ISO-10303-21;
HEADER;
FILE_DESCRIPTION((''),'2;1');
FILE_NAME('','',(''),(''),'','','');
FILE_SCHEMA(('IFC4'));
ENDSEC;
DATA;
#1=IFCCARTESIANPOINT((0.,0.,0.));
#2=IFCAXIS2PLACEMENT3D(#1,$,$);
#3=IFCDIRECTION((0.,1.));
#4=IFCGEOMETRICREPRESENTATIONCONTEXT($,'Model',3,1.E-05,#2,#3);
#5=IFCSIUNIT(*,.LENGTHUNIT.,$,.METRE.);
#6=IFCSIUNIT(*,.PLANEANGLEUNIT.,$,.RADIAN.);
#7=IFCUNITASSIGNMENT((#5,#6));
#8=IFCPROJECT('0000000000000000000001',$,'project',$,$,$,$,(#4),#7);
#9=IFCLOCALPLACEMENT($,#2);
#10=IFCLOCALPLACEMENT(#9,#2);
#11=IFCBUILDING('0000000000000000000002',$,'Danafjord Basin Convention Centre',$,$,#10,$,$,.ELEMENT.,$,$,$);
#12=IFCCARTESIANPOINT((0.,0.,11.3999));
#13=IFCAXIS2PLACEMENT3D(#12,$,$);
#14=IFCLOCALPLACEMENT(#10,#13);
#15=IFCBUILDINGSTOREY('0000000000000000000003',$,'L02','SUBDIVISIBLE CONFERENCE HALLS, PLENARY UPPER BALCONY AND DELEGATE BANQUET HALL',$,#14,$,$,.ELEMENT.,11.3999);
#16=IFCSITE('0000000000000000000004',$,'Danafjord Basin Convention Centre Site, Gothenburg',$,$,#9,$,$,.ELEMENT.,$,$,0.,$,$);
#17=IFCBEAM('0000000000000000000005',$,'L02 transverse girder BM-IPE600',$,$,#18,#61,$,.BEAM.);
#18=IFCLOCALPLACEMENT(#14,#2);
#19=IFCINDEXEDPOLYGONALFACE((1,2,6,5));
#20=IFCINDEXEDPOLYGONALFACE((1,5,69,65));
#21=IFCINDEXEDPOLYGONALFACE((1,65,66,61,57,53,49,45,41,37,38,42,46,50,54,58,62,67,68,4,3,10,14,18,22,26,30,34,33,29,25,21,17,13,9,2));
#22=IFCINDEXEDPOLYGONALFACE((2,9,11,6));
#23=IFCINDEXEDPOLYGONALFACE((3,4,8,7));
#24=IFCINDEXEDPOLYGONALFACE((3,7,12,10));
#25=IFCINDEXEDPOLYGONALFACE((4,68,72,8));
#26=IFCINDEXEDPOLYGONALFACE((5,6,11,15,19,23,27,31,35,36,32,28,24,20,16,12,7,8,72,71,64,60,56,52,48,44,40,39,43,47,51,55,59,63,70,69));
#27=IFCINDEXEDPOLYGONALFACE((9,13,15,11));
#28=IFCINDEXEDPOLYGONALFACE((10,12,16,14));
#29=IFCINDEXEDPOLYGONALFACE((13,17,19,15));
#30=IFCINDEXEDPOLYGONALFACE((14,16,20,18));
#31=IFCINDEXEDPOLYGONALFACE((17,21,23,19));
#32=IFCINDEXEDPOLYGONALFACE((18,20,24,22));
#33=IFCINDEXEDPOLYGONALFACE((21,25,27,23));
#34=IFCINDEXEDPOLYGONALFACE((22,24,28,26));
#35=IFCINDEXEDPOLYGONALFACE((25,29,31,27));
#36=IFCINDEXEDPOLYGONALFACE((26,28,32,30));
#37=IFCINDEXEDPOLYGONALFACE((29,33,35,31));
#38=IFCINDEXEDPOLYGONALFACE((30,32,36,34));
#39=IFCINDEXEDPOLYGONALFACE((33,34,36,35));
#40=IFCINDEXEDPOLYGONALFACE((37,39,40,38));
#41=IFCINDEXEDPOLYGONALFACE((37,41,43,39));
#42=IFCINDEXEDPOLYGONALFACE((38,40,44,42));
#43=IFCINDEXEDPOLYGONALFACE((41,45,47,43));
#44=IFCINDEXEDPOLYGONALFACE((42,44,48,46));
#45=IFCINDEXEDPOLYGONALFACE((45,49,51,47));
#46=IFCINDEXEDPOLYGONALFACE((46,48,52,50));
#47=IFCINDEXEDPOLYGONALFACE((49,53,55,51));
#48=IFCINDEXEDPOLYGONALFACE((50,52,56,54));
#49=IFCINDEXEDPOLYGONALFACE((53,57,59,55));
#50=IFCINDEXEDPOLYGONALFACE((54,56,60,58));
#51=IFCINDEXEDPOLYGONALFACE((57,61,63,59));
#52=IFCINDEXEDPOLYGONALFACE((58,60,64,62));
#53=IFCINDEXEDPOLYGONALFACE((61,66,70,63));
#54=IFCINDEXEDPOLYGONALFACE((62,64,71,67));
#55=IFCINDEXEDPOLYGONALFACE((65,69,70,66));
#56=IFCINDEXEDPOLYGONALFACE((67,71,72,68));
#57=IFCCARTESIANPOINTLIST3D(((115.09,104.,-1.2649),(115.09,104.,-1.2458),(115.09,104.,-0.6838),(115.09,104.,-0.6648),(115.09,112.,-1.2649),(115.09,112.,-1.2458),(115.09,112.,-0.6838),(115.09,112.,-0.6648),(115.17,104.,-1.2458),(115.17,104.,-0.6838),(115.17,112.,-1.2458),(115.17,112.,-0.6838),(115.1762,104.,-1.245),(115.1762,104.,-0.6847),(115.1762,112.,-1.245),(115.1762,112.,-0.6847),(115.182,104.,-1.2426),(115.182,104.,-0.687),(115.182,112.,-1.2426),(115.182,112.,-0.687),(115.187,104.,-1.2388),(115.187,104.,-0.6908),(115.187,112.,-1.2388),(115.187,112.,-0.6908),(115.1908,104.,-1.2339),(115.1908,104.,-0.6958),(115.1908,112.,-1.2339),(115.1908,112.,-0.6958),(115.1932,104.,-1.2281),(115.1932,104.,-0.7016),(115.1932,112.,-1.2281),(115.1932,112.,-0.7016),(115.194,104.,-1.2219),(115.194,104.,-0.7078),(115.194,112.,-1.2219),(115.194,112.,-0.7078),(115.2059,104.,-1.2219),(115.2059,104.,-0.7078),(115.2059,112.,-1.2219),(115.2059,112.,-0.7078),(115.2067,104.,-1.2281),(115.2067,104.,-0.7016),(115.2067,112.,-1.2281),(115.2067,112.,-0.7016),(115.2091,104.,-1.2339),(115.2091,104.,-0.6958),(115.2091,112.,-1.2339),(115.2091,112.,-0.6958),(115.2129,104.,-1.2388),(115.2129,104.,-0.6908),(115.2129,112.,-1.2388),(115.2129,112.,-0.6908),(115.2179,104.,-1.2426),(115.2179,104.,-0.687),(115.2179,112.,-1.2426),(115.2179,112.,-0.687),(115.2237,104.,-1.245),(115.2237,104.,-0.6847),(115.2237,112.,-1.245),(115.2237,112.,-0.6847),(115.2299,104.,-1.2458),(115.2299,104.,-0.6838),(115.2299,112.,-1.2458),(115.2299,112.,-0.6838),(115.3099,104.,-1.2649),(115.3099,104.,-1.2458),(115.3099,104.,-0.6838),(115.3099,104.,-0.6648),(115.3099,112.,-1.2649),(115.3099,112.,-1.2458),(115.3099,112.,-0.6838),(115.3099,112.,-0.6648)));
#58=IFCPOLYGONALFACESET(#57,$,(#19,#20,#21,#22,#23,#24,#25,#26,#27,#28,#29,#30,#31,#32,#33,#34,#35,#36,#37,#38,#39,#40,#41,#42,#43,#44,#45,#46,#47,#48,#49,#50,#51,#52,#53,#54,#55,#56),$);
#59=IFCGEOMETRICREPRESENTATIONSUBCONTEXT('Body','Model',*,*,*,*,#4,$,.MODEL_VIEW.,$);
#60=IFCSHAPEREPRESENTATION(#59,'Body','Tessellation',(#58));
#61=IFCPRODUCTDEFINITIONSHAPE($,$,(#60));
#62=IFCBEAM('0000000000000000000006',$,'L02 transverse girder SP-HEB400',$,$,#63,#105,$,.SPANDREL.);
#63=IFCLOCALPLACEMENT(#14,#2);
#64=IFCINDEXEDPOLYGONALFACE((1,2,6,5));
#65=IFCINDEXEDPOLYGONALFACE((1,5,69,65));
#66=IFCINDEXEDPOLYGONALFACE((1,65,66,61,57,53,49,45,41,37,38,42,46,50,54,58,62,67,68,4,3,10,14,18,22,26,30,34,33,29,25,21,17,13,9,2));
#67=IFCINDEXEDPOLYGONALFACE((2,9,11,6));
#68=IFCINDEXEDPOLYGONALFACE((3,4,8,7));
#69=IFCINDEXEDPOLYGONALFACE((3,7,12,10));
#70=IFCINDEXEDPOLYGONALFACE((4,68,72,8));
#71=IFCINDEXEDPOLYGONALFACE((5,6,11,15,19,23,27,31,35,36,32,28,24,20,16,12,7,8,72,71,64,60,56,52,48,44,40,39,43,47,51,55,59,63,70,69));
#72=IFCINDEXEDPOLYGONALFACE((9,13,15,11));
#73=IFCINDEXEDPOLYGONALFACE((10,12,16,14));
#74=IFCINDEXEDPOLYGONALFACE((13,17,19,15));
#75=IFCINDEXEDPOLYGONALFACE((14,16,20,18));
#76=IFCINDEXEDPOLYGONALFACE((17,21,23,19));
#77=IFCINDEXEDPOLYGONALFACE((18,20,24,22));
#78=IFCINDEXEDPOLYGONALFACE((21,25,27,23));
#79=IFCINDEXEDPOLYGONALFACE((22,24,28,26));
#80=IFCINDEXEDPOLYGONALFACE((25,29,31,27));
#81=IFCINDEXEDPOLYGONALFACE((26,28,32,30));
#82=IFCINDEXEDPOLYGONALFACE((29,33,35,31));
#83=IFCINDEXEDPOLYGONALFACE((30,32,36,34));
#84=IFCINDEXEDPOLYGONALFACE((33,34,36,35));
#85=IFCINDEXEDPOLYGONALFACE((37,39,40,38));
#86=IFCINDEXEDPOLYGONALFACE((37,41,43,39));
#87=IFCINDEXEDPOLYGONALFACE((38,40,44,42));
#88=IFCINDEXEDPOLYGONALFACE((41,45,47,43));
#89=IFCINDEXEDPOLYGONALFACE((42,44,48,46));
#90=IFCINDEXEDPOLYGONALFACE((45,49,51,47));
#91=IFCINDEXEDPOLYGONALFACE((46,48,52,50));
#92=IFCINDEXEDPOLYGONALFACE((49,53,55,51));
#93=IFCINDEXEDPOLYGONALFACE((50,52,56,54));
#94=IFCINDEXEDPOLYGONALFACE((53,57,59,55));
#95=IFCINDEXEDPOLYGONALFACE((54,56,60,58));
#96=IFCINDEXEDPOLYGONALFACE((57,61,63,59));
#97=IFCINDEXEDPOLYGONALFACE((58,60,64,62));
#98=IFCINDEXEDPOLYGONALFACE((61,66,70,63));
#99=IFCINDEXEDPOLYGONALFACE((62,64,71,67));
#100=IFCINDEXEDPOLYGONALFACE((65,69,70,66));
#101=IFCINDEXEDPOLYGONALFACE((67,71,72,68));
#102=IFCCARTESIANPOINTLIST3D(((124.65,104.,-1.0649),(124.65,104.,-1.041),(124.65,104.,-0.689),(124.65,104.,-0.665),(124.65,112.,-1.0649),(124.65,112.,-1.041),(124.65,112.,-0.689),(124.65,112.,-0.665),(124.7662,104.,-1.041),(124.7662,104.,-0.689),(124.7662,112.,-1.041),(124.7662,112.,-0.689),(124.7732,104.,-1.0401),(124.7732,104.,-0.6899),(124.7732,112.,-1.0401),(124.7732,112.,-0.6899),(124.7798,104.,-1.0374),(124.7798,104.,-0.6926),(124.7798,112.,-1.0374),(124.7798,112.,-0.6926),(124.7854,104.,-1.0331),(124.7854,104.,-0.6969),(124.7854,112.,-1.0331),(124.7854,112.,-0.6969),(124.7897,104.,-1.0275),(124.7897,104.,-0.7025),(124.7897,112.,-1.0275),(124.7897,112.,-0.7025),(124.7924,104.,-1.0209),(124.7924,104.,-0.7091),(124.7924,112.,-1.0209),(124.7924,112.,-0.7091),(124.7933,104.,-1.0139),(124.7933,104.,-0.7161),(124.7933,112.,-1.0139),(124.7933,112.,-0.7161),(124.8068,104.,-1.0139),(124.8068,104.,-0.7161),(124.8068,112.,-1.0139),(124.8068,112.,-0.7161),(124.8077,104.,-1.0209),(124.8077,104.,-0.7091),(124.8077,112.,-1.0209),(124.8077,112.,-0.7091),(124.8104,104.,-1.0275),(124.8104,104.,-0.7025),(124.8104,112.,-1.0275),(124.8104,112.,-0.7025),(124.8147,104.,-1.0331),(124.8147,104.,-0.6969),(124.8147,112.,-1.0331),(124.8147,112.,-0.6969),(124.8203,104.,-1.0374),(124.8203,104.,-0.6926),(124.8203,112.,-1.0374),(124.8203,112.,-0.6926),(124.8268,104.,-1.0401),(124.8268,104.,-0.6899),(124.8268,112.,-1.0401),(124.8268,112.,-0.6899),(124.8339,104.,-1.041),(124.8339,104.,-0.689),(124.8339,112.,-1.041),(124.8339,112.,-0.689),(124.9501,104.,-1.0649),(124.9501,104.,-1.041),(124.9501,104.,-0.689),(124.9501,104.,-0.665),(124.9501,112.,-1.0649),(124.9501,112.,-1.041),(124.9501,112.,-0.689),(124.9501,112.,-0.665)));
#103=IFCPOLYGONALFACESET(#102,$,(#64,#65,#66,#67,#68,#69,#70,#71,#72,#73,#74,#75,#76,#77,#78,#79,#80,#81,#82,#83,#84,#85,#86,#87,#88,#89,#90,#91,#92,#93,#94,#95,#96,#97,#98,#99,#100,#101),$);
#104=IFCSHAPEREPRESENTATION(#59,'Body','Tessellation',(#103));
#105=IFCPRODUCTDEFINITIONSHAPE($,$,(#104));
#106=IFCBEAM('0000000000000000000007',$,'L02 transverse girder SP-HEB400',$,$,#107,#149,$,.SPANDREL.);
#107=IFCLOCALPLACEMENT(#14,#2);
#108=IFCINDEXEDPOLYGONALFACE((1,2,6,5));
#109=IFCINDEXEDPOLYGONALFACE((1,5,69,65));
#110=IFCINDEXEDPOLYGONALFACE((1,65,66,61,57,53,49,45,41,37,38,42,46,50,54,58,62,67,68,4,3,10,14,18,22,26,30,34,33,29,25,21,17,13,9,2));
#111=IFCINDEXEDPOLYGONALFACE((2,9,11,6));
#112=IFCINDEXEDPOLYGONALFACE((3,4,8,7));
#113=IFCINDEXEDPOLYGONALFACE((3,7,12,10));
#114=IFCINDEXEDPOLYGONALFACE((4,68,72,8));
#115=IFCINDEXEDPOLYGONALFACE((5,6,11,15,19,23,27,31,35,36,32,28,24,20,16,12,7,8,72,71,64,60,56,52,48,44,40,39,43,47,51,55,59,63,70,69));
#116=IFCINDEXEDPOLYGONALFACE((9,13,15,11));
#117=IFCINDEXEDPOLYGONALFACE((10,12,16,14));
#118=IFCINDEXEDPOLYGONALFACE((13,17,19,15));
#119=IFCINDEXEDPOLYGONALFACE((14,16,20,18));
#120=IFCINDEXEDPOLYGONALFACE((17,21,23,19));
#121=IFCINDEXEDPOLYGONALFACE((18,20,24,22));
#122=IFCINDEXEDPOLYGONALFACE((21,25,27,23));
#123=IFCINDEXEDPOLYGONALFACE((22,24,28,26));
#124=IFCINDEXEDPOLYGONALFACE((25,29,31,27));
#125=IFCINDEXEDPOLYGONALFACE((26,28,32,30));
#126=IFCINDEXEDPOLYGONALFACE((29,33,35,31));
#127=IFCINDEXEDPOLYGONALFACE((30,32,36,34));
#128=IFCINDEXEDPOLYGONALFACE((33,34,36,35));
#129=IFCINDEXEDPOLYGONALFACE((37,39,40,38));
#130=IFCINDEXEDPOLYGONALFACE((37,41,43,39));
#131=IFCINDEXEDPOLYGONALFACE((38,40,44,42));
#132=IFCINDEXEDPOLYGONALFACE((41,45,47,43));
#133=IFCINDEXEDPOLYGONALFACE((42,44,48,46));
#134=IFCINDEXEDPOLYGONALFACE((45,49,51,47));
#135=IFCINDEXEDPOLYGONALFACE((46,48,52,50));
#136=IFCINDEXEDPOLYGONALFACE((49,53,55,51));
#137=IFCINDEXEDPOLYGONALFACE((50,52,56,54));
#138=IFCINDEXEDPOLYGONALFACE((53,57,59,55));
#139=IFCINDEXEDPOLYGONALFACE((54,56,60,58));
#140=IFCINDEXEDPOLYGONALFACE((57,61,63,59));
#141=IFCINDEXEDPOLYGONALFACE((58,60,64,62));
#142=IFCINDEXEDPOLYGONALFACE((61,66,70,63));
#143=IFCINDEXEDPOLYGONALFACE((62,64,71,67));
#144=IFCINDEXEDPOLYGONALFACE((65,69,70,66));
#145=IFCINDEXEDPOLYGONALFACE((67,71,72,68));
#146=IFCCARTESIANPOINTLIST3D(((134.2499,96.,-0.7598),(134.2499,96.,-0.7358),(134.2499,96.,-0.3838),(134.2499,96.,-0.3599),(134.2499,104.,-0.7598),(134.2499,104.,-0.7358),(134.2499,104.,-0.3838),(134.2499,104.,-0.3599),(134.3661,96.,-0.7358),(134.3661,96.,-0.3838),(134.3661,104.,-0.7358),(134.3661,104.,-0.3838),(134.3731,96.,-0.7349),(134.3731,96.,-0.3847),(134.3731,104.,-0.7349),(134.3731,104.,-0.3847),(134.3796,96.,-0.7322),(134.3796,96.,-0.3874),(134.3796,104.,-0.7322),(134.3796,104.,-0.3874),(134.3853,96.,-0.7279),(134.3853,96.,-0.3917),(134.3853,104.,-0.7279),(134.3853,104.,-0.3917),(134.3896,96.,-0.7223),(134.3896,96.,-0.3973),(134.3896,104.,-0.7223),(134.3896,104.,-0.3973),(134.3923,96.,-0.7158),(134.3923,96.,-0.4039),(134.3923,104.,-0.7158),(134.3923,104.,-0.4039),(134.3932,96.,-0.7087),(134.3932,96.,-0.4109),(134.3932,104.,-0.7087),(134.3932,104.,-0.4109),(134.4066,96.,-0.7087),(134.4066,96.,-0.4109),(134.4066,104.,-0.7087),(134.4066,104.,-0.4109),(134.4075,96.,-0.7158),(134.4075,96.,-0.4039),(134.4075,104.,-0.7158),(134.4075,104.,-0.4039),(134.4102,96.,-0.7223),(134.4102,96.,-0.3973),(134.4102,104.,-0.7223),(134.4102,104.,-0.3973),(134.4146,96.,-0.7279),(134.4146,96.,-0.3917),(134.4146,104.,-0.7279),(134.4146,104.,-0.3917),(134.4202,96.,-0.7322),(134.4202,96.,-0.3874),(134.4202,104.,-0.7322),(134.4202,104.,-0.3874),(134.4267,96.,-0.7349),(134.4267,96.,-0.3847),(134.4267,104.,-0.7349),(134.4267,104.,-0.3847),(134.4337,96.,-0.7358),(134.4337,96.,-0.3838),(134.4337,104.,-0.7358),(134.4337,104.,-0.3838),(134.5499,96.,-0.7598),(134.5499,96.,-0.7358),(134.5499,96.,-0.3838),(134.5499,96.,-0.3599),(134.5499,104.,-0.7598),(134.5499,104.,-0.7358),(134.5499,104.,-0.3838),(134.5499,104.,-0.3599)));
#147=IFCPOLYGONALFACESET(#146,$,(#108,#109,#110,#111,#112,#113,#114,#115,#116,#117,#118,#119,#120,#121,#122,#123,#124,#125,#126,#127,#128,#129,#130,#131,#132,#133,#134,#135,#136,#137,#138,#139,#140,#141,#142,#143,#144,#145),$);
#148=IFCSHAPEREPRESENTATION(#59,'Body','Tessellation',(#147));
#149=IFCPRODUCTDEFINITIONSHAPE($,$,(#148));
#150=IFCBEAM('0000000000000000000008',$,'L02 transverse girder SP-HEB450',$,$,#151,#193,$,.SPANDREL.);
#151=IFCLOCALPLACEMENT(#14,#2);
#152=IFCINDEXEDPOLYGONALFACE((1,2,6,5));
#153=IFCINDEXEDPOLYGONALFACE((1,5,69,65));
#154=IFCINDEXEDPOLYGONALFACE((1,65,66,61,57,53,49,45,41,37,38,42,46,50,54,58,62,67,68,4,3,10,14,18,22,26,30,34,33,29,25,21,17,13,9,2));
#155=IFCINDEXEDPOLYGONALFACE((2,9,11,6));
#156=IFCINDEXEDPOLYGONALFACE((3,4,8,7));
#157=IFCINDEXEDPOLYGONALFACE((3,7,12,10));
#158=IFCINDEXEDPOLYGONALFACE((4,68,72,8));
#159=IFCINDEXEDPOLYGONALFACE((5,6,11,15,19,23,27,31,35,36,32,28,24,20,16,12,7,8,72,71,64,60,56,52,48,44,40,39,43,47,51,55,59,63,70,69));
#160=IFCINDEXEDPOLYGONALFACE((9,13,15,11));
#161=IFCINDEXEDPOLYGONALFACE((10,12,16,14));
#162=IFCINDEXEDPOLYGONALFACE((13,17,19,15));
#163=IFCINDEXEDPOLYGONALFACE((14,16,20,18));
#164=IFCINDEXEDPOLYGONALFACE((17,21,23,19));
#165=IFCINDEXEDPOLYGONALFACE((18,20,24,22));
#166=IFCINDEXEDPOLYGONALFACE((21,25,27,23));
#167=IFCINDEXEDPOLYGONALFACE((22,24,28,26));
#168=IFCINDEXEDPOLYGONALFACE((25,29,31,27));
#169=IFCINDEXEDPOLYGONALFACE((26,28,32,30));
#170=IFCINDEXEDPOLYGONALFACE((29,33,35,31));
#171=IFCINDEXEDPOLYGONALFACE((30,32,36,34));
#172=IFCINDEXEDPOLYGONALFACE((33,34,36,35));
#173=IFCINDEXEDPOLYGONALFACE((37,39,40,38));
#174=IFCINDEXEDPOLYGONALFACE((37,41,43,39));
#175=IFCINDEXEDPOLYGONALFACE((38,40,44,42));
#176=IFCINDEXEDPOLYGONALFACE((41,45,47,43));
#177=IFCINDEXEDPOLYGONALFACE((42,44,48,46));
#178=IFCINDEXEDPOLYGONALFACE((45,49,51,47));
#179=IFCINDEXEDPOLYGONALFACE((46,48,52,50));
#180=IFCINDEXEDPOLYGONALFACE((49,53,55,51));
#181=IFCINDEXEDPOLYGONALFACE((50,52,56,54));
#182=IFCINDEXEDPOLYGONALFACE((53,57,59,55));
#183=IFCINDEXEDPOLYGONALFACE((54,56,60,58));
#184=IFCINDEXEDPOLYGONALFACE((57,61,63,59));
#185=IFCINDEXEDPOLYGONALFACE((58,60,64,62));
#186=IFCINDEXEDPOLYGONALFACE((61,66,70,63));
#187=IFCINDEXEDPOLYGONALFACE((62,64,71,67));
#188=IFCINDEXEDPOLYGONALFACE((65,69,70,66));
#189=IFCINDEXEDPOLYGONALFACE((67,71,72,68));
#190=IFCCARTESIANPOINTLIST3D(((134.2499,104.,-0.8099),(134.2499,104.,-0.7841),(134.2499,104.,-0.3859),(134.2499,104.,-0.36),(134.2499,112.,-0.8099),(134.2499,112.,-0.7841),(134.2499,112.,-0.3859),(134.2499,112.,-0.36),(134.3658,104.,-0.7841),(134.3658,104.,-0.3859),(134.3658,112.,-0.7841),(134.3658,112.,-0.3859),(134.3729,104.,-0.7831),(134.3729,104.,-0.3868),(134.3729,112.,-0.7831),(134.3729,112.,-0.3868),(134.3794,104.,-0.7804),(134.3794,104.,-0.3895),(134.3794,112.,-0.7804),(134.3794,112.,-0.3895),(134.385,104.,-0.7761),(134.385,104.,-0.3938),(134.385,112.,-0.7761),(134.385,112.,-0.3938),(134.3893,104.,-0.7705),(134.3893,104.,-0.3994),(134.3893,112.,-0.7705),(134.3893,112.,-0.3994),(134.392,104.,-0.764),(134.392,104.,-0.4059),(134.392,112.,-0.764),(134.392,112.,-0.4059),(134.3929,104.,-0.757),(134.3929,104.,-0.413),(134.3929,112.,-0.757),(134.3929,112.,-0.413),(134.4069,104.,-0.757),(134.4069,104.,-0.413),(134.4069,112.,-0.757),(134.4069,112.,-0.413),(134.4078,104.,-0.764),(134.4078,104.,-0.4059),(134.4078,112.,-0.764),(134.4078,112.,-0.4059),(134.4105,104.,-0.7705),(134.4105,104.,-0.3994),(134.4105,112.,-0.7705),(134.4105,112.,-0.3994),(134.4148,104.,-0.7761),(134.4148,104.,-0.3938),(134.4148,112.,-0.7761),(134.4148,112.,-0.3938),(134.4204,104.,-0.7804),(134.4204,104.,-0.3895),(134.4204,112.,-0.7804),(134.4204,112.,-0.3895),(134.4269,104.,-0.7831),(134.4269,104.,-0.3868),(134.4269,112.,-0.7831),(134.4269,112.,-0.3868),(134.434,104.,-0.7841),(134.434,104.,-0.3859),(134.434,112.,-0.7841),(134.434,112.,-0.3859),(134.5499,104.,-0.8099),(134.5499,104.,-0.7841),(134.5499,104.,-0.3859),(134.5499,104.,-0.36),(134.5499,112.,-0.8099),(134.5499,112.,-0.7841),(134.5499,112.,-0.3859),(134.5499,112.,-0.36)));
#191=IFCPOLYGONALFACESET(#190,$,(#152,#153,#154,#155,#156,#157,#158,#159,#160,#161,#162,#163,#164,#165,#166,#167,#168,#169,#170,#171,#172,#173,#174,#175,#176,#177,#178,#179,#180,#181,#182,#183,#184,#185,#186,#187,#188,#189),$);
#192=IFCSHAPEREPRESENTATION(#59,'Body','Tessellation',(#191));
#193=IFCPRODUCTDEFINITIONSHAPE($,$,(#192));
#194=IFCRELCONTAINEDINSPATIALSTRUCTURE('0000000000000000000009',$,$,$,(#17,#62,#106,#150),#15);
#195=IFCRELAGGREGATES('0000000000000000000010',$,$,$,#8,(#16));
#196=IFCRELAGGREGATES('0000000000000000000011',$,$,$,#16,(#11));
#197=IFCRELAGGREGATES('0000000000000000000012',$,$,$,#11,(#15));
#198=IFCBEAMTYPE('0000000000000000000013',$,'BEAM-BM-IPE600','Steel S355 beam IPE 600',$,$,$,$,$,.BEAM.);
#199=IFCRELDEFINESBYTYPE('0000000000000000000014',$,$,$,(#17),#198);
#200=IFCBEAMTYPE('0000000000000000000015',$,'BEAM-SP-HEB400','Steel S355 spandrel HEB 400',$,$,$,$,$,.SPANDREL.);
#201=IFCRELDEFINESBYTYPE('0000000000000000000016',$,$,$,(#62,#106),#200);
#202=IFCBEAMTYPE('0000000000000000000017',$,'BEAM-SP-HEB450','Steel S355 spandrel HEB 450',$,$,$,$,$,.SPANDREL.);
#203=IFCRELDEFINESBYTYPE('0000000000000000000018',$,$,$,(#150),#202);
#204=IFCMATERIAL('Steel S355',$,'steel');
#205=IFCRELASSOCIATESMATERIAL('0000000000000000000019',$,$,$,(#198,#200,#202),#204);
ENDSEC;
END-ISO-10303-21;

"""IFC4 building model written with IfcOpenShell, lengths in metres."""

from ifc_helpers import new_model, si_unit, direction, frame, origin, origin_2d, place, context, subcontext, project, spatial, i_section, extrude, material, material_profile, profile_set, type_object, element, save


model = new_model("IFC4")

# Units and contexts
model_context = context("Model", 3, precision=1e-05, world=origin(), true_north=direction((0.0, 1.0)))
body_context = subcontext(model_context, "Body", "Model", "MODEL_VIEW")
ifc_project = project(units=[si_unit("LENGTHUNIT", "METRE"), si_unit("PLANEANGLEUNIT", "RADIAN")], contexts=[model_context])

# Site, building, storey
site_placement = place(None, origin())
site = spatial("IfcSite", under=ifc_project, at=site_placement, Name="Danafjord Basin Convention Centre Site, Gothenburg", CompositionType="ELEMENT", RefElevation=0.0)
building_placement = place(site_placement, origin())
building = spatial("IfcBuilding", under=site, at=building_placement, Name="Danafjord Basin Convention Centre", CompositionType="ELEMENT")
storey_placement = place(building_placement, frame((0.0, 0.0, 11.3999)))
storey = spatial("IfcBuildingStorey", under=building, at=storey_placement, Name="L02", Description="SUBDIVISIBLE CONFERENCE HALLS, PLENARY UPPER BALCONY AND DELEGATE BANQUET HALL", CompositionType="ELEMENT", Elevation=11.3999)

# Shared definitions
ifc_material_1 = material(Name="Steel S355", Category="steel")

# Beams
ifc_material_profile_1 = material_profile(ifc_material_1, i_section(OverallWidth=0.22, OverallDepth=0.6001, WebThickness=0.012, FlangeThickness=0.019, FilletRadius=0.0239, at=origin_2d()), Name="IPE 600")
ifc_profile_set_1 = profile_set([ifc_material_profile_1], Name="Steel S355")
beam_type_1 = type_object("IfcBeamType", Name="BEAM-BM-IPE600", Description="Steel S355 beam IPE 600", PredefinedType="BEAM", material=ifc_profile_set_1)
beam_1_placement = place(storey_placement, frame((115.2, 104.0, -0.9648), z_axis=(0.0, 1.0, 0.0), x_axis=(-1.0, 0.0, 0.0)))
element("IfcBeam", 1, at=beam_1_placement, inside=storey, type_object=beam_type_1, Name="L02 transverse girder BM-IPE600", PredefinedType="BEAM", context=body_context, shape_type="SweptSolid", body=[
    extrude(i_section(OverallWidth=0.22, OverallDepth=0.6001, WebThickness=0.012, FlangeThickness=0.019, FilletRadius=0.0239, at=origin_2d()), origin(), (0.0, 0.0, 1.0), 8.0),
])
ifc_material_profile_2 = material_profile(ifc_material_1, i_section(OverallWidth=0.3, OverallDepth=0.3999, WebThickness=0.0134, FlangeThickness=0.0239, FilletRadius=0.0271, at=origin_2d()), Name="HEB 400")
ifc_profile_set_2 = profile_set([ifc_material_profile_2], Name="Steel S355")
beam_type_2 = type_object("IfcBeamType", Name="BEAM-SP-HEB400", Description="Steel S355 spandrel HEB 400", PredefinedType="SPANDREL", material=ifc_profile_set_2)
for number, where, z_axis, x_axis, name in (
    (2, (124.8, 104.0, -0.865), (0.0, 1.0, 0.0), (-1.0, 0.0, 0.0), "L02 transverse girder SP-HEB400"),
    (3, (134.3999, 96.0, -0.5598), (0.0, 1.0, 0.0), (-1.0, 0.0, 0.0), "L02 transverse girder SP-HEB400"),
):
    element("IfcBeam", number, at=place(storey_placement, frame(where, z_axis=z_axis, x_axis=x_axis)), inside=storey, type_object=beam_type_2, Name=name, PredefinedType="SPANDREL", context=body_context, shape_type="SweptSolid", body=[
        extrude(i_section(OverallWidth=0.3, OverallDepth=0.3999, WebThickness=0.0134, FlangeThickness=0.0239, FilletRadius=0.0271, at=origin_2d()), origin(), (0.0, 0.0, 1.0), 8.0),
    ])
ifc_material_profile_3 = material_profile(ifc_material_1, i_section(OverallWidth=0.3, OverallDepth=0.45, WebThickness=0.0139, FlangeThickness=0.0259, FilletRadius=0.0271, at=origin_2d()), Name="HEB 450")
ifc_profile_set_3 = profile_set([ifc_material_profile_3], Name="Steel S355")
beam_type_3 = type_object("IfcBeamType", Name="BEAM-SP-HEB450", Description="Steel S355 spandrel HEB 450", PredefinedType="SPANDREL", material=ifc_profile_set_3)
beam_2_placement = place(storey_placement, frame((134.3999, 104.0, -0.585), z_axis=(0.0, 1.0, 0.0), x_axis=(-1.0, 0.0, 0.0)))
element("IfcBeam", 4, at=beam_2_placement, inside=storey, type_object=beam_type_3, Name="L02 transverse girder SP-HEB450", PredefinedType="SPANDREL", context=body_context, shape_type="SweptSolid", body=[
    extrude(i_section(OverallWidth=0.3, OverallDepth=0.45, WebThickness=0.0139, FlangeThickness=0.0259, FilletRadius=0.0271, at=origin_2d()), origin(), (0.0, 0.0, 1.0), 8.0),
])

save(model, "model.ifc")
